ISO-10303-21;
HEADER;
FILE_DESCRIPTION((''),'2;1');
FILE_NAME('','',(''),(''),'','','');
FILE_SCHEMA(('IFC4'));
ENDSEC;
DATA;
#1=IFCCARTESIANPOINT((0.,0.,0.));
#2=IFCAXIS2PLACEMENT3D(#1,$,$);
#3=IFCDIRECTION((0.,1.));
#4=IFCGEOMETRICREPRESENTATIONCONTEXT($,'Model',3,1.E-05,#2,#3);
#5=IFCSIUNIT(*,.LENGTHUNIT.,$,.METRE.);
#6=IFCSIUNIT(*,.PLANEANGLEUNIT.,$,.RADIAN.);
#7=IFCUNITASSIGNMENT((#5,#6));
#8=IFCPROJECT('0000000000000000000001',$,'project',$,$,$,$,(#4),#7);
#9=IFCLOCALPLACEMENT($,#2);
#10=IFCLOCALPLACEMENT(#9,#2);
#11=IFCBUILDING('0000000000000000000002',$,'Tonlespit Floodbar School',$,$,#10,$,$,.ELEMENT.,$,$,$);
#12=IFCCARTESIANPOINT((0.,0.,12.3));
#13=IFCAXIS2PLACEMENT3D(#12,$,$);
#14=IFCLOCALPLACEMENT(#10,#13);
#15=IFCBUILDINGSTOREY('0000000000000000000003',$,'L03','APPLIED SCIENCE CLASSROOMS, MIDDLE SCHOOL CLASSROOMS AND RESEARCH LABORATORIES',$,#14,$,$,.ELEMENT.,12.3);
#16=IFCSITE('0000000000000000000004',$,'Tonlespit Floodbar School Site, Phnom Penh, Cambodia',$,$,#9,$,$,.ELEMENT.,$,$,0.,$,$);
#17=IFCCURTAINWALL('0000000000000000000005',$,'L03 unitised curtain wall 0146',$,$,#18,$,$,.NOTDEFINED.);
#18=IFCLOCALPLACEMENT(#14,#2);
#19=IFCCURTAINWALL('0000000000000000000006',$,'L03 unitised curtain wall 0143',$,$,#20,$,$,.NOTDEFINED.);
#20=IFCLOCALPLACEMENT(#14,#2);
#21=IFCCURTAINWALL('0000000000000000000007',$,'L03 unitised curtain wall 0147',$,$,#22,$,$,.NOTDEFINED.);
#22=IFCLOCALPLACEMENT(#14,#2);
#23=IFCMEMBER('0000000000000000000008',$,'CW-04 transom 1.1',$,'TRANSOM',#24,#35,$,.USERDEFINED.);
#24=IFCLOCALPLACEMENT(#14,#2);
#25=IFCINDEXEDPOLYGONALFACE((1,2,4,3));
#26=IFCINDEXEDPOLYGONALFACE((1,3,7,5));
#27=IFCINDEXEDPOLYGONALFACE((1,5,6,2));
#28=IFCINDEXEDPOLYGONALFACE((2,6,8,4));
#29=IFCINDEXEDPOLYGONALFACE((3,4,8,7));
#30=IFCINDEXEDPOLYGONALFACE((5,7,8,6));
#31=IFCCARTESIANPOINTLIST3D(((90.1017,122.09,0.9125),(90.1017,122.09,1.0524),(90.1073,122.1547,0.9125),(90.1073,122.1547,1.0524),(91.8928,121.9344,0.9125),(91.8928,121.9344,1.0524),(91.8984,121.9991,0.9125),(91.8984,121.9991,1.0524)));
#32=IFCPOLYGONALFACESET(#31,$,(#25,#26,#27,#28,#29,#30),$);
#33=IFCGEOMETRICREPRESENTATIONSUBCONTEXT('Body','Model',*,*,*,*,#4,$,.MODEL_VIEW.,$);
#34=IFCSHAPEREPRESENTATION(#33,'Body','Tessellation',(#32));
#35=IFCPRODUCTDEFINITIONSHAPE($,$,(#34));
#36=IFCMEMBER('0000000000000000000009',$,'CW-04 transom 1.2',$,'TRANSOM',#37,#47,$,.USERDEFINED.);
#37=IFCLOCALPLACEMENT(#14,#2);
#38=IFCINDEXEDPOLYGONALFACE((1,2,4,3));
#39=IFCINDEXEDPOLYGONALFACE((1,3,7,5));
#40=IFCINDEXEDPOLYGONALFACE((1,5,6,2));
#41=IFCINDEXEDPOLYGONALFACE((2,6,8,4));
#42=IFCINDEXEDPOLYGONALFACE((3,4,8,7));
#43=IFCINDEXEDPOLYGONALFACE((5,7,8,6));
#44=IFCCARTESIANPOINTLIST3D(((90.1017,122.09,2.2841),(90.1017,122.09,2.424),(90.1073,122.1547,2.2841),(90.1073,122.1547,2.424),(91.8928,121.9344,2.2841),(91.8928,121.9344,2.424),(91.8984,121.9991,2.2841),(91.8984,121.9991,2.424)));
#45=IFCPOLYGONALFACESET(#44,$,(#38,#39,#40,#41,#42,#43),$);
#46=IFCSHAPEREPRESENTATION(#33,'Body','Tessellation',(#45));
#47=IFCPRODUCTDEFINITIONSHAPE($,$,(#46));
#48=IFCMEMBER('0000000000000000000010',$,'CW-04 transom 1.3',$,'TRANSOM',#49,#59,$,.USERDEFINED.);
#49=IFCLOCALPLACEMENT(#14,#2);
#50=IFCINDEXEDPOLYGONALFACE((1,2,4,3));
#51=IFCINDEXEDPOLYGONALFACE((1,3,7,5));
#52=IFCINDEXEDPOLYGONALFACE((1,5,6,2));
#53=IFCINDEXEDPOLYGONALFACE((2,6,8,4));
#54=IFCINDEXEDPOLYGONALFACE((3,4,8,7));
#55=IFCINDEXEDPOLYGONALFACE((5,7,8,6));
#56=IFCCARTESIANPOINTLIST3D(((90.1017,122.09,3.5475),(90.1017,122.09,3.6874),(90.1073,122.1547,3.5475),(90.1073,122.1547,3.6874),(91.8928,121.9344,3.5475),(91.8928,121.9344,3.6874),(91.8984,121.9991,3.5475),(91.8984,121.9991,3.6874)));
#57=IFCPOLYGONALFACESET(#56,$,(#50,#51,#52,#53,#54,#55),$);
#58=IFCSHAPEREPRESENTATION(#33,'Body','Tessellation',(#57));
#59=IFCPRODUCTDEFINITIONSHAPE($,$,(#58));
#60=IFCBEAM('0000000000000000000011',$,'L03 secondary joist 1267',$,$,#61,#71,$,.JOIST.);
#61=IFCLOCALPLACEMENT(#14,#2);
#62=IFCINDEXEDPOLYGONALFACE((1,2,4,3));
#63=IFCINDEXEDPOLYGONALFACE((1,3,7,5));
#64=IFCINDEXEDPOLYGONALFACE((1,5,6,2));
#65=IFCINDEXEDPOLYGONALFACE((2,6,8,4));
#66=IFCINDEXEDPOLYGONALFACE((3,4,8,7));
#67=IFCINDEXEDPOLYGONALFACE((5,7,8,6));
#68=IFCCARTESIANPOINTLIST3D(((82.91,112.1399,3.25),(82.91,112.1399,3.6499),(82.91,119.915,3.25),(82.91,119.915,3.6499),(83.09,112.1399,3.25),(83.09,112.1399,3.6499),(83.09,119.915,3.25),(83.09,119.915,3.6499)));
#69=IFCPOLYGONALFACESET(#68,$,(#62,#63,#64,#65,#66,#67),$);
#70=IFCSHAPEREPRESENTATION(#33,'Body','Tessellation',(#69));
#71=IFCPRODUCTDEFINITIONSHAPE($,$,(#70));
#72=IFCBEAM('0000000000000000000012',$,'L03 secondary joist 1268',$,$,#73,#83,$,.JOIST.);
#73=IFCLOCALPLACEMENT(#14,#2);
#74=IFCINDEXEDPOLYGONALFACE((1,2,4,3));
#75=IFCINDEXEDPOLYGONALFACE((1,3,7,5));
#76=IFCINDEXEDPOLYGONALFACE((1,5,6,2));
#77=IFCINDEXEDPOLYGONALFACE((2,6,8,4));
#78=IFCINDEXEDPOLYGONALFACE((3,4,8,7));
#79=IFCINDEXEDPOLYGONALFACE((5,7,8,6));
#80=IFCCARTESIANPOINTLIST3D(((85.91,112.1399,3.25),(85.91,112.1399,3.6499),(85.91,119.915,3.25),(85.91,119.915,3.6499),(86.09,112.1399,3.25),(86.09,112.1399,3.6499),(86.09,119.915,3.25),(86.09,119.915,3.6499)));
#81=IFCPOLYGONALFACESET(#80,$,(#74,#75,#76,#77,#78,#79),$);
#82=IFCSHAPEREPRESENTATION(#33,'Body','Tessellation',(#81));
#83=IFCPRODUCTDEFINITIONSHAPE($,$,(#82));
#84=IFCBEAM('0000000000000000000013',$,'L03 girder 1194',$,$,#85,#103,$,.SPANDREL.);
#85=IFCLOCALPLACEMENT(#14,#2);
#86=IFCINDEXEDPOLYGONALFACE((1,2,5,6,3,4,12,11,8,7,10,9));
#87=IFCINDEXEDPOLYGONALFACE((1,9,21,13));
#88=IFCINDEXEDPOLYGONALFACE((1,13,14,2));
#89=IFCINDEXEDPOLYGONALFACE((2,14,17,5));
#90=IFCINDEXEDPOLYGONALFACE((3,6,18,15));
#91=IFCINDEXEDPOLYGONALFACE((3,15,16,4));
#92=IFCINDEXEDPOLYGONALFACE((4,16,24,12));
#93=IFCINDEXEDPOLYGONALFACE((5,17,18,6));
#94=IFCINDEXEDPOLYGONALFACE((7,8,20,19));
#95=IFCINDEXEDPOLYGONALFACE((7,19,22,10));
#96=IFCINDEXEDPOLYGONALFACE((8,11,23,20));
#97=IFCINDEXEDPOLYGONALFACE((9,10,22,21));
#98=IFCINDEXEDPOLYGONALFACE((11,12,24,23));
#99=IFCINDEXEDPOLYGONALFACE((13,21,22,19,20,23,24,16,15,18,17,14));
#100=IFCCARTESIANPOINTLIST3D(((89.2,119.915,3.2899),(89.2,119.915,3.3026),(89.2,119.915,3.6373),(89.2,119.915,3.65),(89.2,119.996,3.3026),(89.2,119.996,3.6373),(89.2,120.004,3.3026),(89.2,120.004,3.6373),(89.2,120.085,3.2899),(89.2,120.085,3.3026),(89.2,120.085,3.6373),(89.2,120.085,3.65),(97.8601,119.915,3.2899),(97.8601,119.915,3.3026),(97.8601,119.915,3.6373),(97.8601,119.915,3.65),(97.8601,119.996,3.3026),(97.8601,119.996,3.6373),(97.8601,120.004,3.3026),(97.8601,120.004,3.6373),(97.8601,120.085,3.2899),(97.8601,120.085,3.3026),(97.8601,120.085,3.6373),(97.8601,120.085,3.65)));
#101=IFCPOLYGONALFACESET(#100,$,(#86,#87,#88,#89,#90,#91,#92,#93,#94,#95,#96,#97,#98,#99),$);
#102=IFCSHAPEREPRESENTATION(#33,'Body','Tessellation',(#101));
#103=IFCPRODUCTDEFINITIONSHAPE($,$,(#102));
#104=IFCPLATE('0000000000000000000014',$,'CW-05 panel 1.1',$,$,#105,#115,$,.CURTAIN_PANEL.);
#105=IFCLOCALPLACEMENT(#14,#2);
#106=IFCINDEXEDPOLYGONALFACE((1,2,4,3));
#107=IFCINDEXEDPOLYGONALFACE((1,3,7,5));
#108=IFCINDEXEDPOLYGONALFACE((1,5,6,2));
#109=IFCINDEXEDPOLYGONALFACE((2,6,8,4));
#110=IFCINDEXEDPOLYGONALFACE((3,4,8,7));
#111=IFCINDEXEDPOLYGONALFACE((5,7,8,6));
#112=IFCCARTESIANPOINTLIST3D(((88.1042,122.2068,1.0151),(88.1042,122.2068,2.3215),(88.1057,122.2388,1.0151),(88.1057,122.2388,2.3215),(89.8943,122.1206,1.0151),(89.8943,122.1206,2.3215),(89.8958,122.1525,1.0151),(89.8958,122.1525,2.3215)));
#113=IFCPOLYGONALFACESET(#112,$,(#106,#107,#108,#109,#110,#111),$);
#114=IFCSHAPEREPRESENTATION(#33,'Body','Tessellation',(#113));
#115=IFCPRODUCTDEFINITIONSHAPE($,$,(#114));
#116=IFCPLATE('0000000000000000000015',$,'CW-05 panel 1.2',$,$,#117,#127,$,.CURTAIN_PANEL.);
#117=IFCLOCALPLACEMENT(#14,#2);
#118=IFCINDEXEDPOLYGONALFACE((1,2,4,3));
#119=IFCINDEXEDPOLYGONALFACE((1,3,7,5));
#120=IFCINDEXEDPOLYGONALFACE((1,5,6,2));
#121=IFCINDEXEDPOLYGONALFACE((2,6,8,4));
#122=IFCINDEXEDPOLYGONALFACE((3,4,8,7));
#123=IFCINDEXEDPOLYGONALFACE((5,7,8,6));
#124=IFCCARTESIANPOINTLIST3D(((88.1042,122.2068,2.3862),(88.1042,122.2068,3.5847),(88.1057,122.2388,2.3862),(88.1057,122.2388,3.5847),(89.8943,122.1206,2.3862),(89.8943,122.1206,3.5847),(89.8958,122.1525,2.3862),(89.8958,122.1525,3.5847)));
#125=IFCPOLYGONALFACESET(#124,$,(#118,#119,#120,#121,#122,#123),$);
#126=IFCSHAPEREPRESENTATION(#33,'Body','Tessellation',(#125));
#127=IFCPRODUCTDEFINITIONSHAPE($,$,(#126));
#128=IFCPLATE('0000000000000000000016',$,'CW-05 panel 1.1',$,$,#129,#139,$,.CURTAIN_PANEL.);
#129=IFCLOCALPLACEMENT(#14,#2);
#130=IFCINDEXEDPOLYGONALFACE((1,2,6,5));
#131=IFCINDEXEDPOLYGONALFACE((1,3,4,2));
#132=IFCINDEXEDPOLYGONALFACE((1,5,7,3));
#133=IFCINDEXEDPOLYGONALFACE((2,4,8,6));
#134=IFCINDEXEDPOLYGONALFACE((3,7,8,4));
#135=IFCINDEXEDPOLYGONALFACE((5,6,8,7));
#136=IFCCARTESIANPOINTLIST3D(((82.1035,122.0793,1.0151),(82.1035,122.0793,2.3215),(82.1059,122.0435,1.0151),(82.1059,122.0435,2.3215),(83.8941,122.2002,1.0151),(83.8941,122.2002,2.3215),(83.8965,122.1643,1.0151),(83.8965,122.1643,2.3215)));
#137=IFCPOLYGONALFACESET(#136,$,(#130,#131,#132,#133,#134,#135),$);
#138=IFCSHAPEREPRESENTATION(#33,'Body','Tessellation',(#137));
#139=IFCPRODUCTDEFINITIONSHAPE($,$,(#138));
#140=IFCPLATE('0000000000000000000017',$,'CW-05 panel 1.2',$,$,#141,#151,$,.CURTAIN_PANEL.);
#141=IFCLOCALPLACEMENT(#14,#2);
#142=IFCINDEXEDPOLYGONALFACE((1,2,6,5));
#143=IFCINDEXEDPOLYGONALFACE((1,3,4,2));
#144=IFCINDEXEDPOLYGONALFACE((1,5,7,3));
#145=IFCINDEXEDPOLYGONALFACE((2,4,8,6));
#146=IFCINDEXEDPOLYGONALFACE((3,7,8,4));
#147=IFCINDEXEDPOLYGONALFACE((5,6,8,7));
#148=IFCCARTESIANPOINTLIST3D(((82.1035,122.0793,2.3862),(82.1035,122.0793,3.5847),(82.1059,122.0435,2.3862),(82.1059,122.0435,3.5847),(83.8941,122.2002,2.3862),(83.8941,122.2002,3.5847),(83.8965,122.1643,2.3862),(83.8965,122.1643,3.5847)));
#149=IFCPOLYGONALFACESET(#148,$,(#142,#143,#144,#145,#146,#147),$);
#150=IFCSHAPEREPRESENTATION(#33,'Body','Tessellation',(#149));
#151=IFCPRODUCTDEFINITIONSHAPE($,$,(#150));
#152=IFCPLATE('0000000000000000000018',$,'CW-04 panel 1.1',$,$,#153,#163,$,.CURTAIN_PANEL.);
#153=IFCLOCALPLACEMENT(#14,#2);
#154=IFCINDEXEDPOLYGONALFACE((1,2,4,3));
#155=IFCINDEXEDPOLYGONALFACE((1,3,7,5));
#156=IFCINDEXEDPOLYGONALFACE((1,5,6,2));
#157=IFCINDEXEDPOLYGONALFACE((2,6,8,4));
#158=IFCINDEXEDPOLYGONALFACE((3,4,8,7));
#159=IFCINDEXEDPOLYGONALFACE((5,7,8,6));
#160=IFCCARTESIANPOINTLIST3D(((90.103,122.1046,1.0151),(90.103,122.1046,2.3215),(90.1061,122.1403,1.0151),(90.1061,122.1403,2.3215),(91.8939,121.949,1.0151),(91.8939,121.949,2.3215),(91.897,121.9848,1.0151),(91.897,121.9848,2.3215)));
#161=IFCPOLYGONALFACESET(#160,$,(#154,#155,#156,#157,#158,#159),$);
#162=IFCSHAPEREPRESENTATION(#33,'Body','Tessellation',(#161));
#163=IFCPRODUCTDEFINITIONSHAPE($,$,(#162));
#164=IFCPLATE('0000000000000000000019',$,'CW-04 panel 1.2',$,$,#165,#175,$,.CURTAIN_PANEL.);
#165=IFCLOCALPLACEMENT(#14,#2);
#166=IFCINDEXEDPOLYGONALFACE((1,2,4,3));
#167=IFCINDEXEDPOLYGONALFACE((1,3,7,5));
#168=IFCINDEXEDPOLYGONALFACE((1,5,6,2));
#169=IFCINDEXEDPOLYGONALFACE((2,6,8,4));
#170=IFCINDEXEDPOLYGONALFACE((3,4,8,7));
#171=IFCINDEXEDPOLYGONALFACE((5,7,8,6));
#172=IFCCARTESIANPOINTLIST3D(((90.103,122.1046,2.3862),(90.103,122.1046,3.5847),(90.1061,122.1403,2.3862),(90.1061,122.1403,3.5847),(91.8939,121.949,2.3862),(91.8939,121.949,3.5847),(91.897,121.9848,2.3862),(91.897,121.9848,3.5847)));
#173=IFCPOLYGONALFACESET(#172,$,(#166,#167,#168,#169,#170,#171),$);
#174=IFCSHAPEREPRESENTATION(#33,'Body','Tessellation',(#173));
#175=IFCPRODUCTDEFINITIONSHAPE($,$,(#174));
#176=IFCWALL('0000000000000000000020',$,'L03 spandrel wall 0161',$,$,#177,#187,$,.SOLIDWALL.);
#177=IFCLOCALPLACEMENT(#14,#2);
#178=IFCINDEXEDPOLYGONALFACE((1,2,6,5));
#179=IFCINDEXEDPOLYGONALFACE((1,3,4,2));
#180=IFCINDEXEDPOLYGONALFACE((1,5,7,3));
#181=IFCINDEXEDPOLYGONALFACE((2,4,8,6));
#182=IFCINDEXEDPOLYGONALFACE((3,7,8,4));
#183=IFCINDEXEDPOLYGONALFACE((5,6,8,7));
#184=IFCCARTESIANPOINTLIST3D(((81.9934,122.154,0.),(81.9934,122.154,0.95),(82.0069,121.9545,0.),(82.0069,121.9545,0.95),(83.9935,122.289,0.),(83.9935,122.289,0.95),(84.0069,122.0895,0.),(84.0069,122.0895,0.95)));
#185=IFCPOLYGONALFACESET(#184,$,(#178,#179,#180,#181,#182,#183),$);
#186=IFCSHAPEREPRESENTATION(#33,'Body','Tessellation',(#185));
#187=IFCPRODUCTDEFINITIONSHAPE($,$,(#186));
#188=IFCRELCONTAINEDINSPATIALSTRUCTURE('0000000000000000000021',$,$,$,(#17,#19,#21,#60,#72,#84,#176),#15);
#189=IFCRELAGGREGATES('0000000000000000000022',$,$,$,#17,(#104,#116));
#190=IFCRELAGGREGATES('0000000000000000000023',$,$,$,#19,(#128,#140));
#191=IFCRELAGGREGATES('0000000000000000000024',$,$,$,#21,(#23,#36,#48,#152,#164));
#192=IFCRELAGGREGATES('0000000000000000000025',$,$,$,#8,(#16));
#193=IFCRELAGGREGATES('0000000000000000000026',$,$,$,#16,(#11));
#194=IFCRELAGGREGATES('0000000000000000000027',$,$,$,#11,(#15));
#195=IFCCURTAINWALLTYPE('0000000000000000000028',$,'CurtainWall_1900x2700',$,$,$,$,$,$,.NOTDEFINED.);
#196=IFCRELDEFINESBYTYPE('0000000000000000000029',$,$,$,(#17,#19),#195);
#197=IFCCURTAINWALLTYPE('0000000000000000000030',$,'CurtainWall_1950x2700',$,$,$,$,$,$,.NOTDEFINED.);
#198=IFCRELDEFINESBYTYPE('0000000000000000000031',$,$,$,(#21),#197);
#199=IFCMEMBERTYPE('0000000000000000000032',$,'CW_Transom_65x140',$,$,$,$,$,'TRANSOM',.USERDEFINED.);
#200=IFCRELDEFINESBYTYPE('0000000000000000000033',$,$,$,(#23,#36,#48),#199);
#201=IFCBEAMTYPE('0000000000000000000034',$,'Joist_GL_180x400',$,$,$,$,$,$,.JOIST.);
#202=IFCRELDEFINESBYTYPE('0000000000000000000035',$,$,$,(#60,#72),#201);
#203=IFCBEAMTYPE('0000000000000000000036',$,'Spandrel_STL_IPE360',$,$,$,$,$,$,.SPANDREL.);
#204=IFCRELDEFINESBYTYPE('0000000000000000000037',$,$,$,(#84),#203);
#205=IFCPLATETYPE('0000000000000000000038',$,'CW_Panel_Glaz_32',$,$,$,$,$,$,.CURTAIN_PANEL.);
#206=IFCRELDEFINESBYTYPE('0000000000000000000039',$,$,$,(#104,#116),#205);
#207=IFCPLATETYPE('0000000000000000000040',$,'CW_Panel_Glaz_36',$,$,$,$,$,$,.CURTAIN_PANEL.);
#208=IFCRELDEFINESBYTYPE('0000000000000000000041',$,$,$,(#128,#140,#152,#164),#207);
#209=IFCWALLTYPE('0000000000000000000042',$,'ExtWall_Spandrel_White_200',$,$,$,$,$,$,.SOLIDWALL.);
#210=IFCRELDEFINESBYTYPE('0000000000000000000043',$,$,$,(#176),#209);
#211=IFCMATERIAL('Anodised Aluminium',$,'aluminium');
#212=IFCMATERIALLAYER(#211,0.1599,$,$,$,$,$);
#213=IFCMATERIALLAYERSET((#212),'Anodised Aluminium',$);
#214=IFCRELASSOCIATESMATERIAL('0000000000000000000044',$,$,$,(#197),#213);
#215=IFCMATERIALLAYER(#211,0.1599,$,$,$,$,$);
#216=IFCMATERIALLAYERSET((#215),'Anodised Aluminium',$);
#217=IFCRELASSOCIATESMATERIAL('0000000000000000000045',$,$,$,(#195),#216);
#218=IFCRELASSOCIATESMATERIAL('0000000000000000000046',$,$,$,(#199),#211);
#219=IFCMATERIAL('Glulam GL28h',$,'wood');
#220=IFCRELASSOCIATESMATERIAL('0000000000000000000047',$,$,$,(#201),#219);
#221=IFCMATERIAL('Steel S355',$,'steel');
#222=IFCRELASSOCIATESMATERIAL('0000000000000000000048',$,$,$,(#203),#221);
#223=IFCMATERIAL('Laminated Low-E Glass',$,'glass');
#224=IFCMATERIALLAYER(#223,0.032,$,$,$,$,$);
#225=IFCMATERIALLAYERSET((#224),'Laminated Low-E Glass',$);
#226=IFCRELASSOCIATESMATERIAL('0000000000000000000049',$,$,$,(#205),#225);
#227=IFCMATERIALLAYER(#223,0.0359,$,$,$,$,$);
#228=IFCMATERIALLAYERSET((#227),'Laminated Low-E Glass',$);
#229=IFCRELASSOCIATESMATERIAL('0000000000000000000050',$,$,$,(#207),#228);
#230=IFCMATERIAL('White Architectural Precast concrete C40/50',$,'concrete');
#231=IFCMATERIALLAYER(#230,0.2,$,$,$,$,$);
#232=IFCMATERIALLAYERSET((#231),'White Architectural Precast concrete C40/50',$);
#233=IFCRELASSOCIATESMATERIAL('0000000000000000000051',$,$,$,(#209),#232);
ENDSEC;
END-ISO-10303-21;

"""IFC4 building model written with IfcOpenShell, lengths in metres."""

from ifc_helpers import new_model, si_unit, direction, frame, frame_2d, origin, origin_2d, place, context, subcontext, project, spatial, rectangle, i_section, extrude, material, layer, layer_set, material_profile, profile_set, type_object, element, aggregate, save


model = new_model("IFC4")

# Units and contexts
model_context = context("Model", 3, precision=1e-05, world=origin(), true_north=direction((0.0, 1.0)))
body_context = subcontext(model_context, "Body", "Model", "MODEL_VIEW")
ifc_project = project(units=[si_unit("LENGTHUNIT", "METRE"), si_unit("PLANEANGLEUNIT", "RADIAN")], contexts=[model_context])

# Site, building, storey
site_placement = place(None, origin())
site = spatial("IfcSite", under=ifc_project, at=site_placement, Name="Tonlespit Floodbar School Site, Phnom Penh, Cambodia", CompositionType="ELEMENT", RefElevation=0.0)
building_placement = place(site_placement, origin())
building = spatial("IfcBuilding", under=site, at=building_placement, Name="Tonlespit Floodbar School", CompositionType="ELEMENT")
storey_placement = place(building_placement, frame((0.0, 0.0, 12.3)))
storey = spatial("IfcBuildingStorey", under=building, at=storey_placement, Name="L03", Description="APPLIED SCIENCE CLASSROOMS, MIDDLE SCHOOL CLASSROOMS AND RESEARCH LABORATORIES", CompositionType="ELEMENT", Elevation=12.3)

# Shared definitions
ifc_material_1 = material(Name="Glulam GL28h", Category="wood")

# Curtain wall
ifc_material_2 = material(Name="Anodised Aluminium", Category="aluminium")
ifc_layer_1 = layer(ifc_material_2, 0.1599)
ifc_layer_set_1 = layer_set([ifc_layer_1], Name="Anodised Aluminium")
curtain_wall_type_1 = type_object("IfcCurtainWallType", Name="CurtainWall_1950x2700", PredefinedType="NOTDEFINED", material=ifc_layer_set_1)
ifc_layer_2 = layer(ifc_material_2, 0.1599)
ifc_layer_set_2 = layer_set([ifc_layer_2], Name="Anodised Aluminium")
curtain_wall_type_2 = type_object("IfcCurtainWallType", Name="CurtainWall_1900x2700", PredefinedType="NOTDEFINED", material=ifc_layer_set_2)
curtain_wall_1_placement = place(storey_placement, origin())
curtain_wall_1 = element("IfcCurtainWall", 1, at=curtain_wall_1_placement, inside=storey, type_object=curtain_wall_type_2, Name="L03 unitised curtain wall 0146", PredefinedType="NOTDEFINED")

# Curtain wall
curtain_wall_2_placement = place(storey_placement, origin())
curtain_wall_2 = element("IfcCurtainWall", 2, at=curtain_wall_2_placement, inside=storey, type_object=curtain_wall_type_2, Name="L03 unitised curtain wall 0143", PredefinedType="NOTDEFINED")

# Curtain wall
curtain_wall_3_placement = place(storey_placement, origin())
curtain_wall_3 = element("IfcCurtainWall", 3, at=curtain_wall_3_placement, inside=storey, type_object=curtain_wall_type_1, Name="L03 unitised curtain wall 0147", PredefinedType="NOTDEFINED")

# Members
ifc_material_profile_1 = material_profile(ifc_material_2, rectangle(XDim=0.0649, YDim=0.1399, at=origin_2d()), Name="ALU T65x140")
ifc_profile_set_1 = profile_set([ifc_material_profile_1], Name="Anodised Aluminium")
member_type_1 = type_object("IfcMemberType", Name="CW_Transom_65x140", ElementType="TRANSOM", PredefinedType="USERDEFINED", material=ifc_profile_set_1)
member_1_placement = place(storey_placement, frame((90.1045, 122.1223, 0.9824), z_axis=(0.996251, -0.086507, 0.0), x_axis=(0.086507, 0.996251, 0.0)))
member_1 = element("IfcMember", 4, at=member_1_placement, type_object=member_type_1, Name="CW-04 transom 1.1", ObjectType="TRANSOM", PredefinedType="USERDEFINED", context=body_context, shape_type="SweptSolid", body=[
    extrude(rectangle(XDim=0.0649, YDim=0.1399, at=origin_2d()), origin(), (0.0, 0.0, 1.0), 1.7979),
])
member_2_placement = place(storey_placement, frame((90.1045, 122.1223, 2.354), z_axis=(0.996251, -0.086507, 0.0), x_axis=(0.086507, 0.996251, 0.0)))
member_2 = element("IfcMember", 5, at=member_2_placement, type_object=member_type_1, Name="CW-04 transom 1.2", ObjectType="TRANSOM", PredefinedType="USERDEFINED", context=body_context, shape_type="SweptSolid", body=[
    extrude(rectangle(XDim=0.0649, YDim=0.1399, at=origin_2d()), origin(), (0.0, 0.0, 1.0), 1.7979),
])
member_3_placement = place(storey_placement, frame((90.1045, 122.1223, 3.6174), z_axis=(0.996251, -0.086507, 0.0), x_axis=(0.086507, 0.996251, 0.0)))
member_3 = element("IfcMember", 6, at=member_3_placement, type_object=member_type_1, Name="CW-04 transom 1.3", ObjectType="TRANSOM", PredefinedType="USERDEFINED", context=body_context, shape_type="SweptSolid", body=[
    extrude(rectangle(XDim=0.0649, YDim=0.1399, at=origin_2d()), origin(), (0.0, 0.0, 1.0), 1.7979),
])

# Beams
ifc_material_profile_2 = material_profile(ifc_material_1, rectangle(XDim=0.1799, YDim=0.3999, at=origin_2d()), Name="GL 180x400")
ifc_profile_set_2 = profile_set([ifc_material_profile_2], Name="Glulam GL28h")
beam_type_1 = type_object("IfcBeamType", Name="Joist_GL_180x400", PredefinedType="JOIST", material=ifc_profile_set_2)
for number, where, z_axis, x_axis, name in (
    (7, (83.0, 112.1399, 3.45), (0.0, 1.0, 0.0), (-1.0, 0.0, 0.0), "L03 secondary joist 1267"),
    (8, (86.0, 112.1399, 3.45), (0.0, 1.0, 0.0), (-1.0, 0.0, 0.0), "L03 secondary joist 1268"),
):
    element("IfcBeam", number, at=place(storey_placement, frame(where, z_axis=z_axis, x_axis=x_axis)), inside=storey, type_object=beam_type_1, Name=name, PredefinedType="JOIST", context=body_context, shape_type="SweptSolid", body=[
        extrude(rectangle(XDim=0.1799, YDim=0.3999, at=origin_2d()), origin(), (0.0, 0.0, 1.0), 7.7751),
    ])
ifc_material_3 = material(Name="Steel S355", Category="steel")
ifc_material_profile_3 = material_profile(ifc_material_3, i_section(OverallWidth=0.1699, OverallDepth=0.3601, WebThickness=0.0081, FlangeThickness=0.0127, at=origin_2d()), Name="IPE 360")
ifc_profile_set_3 = profile_set([ifc_material_profile_3], Name="Steel S355")
beam_type_2 = type_object("IfcBeamType", Name="Spandrel_STL_IPE360", PredefinedType="SPANDREL", material=ifc_profile_set_3)
beam_1_placement = place(storey_placement, frame((89.2, 120.0, 3.47), z_axis=(1.0, 0.0, 0.0), x_axis=(0.0, 1.0, 0.0)))
element("IfcBeam", 9, at=beam_1_placement, inside=storey, type_object=beam_type_2, Name="L03 girder 1194", PredefinedType="SPANDREL", context=body_context, shape_type="SweptSolid", body=[
    extrude(i_section(OverallWidth=0.1699, OverallDepth=0.3601, WebThickness=0.0081, FlangeThickness=0.0127, at=origin_2d()), origin(), (0.0, 0.0, 1.0), 8.6602),
])

# Plates
ifc_material_4 = material(Name="Laminated Low-E Glass", Category="glass")
ifc_layer_3 = layer(ifc_material_4, 0.032)
ifc_layer_set_3 = layer_set([ifc_layer_3], Name="Laminated Low-E Glass")
plate_type_1 = type_object("IfcPlateType", Name="CW_Panel_Glaz_32", PredefinedType="CURTAIN_PANEL", material=ifc_layer_set_3)
plate_1_placement = place(storey_placement, frame((89.0, 122.1797, 1.0151), z_axis=(0.0, 0.0, 1.0), x_axis=(0.998842, -0.048121, 0.0)))
plate_1 = element("IfcPlate", 10, at=plate_1_placement, type_object=plate_type_1, Name="CW-05 panel 1.1", PredefinedType="CURTAIN_PANEL", context=body_context, shape_type="SweptSolid", body=[
    extrude(rectangle(XDim=1.7922, YDim=0.032, at=origin_2d()), origin(), (0.0, 0.0, 1.0), 1.3064),
])
plate_2_placement = place(storey_placement, frame((89.0, 122.1797, 2.3862), z_axis=(0.0, 0.0, 1.0), x_axis=(0.998842, -0.048121, 0.0)))
plate_2 = element("IfcPlate", 11, at=plate_2_placement, type_object=plate_type_1, Name="CW-05 panel 1.2", PredefinedType="CURTAIN_PANEL", context=body_context, shape_type="SweptSolid", body=[
    extrude(rectangle(XDim=1.7922, YDim=0.032, at=origin_2d()), origin(), (0.0, 0.0, 1.0), 1.1985),
])
aggregate(curtain_wall_1, [plate_1, plate_2])
ifc_layer_4 = layer(ifc_material_4, 0.0359)
ifc_layer_set_4 = layer_set([ifc_layer_4], Name="Laminated Low-E Glass")
plate_type_2 = type_object("IfcPlateType", Name="CW_Panel_Glaz_36", PredefinedType="CURTAIN_PANEL", material=ifc_layer_set_4)
plate_3_placement = place(storey_placement, frame((83.0, 122.1218, 1.0151), z_axis=(0.0, 0.0, 1.0), x_axis=(0.99773, 0.06734, 0.0)))
plate_3 = element("IfcPlate", 12, at=plate_3_placement, type_object=plate_type_2, Name="CW-05 panel 1.1", PredefinedType="CURTAIN_PANEL", context=body_context, shape_type="SweptSolid", body=[
    extrude(rectangle(XDim=1.7947, YDim=0.0359, at=origin_2d()), origin(), (0.0, 0.0, 1.0), 1.3064),
])
plate_4_placement = place(storey_placement, frame((83.0, 122.1218, 2.3862), z_axis=(0.0, 0.0, 1.0), x_axis=(0.99773, 0.06734, 0.0)))
plate_4 = element("IfcPlate", 13, at=plate_4_placement, type_object=plate_type_2, Name="CW-05 panel 1.2", PredefinedType="CURTAIN_PANEL", context=body_context, shape_type="SweptSolid", body=[
    extrude(rectangle(XDim=1.7947, YDim=0.0359, at=origin_2d()), origin(), (0.0, 0.0, 1.0), 1.1985),
])
aggregate(curtain_wall_2, [plate_3, plate_4])
plate_5_placement = place(storey_placement, frame((91.0, 122.0447, 1.0151), z_axis=(0.0, 0.0, 1.0), x_axis=(0.996249, -0.086531, 0.0)))
plate_5 = element("IfcPlate", 14, at=plate_5_placement, type_object=plate_type_2, Name="CW-04 panel 1.1", PredefinedType="CURTAIN_PANEL", context=body_context, shape_type="SweptSolid", body=[
    extrude(rectangle(XDim=1.7976, YDim=0.0359, at=origin_2d()), origin(), (0.0, 0.0, 1.0), 1.3064),
])
plate_6_placement = place(storey_placement, frame((91.0, 122.0447, 2.3862), z_axis=(0.0, 0.0, 1.0), x_axis=(0.996249, -0.086531, 0.0)))
plate_6 = element("IfcPlate", 15, at=plate_6_placement, type_object=plate_type_2, Name="CW-04 panel 1.2", PredefinedType="CURTAIN_PANEL", context=body_context, shape_type="SweptSolid", body=[
    extrude(rectangle(XDim=1.7976, YDim=0.0359, at=origin_2d()), origin(), (0.0, 0.0, 1.0), 1.1985),
])
aggregate(curtain_wall_3, [member_1, member_2, member_3, plate_5, plate_6])

# Wall
ifc_material_5 = material(Name="White Architectural Precast concrete C40/50", Category="concrete")
ifc_layer_5 = layer(ifc_material_5, 0.2)
ifc_layer_set_5 = layer_set([ifc_layer_5], Name="White Architectural Precast concrete C40/50")
wall_type = type_object("IfcWallType", Name="ExtWall_Spandrel_White_200", PredefinedType="SOLIDWALL", material=ifc_layer_set_5)
wall_1_placement = place(storey_placement, frame((82.0, 122.0542, 0.0), z_axis=(0.0, 0.0, 1.0), x_axis=(0.997729, 0.067352, 0.0)))
element("IfcWall", 16, at=wall_1_placement, inside=storey, type_object=wall_type, Name="L03 spandrel wall 0161", PredefinedType="SOLIDWALL", context=body_context, shape_type="SweptSolid", body=[
    extrude(rectangle(XDim=2.0046, YDim=0.2, at=frame_2d((1.0024, 0.0))), origin(), (0.0, 0.0, 1.0), 0.95),
])

save(model, "model.ifc")
